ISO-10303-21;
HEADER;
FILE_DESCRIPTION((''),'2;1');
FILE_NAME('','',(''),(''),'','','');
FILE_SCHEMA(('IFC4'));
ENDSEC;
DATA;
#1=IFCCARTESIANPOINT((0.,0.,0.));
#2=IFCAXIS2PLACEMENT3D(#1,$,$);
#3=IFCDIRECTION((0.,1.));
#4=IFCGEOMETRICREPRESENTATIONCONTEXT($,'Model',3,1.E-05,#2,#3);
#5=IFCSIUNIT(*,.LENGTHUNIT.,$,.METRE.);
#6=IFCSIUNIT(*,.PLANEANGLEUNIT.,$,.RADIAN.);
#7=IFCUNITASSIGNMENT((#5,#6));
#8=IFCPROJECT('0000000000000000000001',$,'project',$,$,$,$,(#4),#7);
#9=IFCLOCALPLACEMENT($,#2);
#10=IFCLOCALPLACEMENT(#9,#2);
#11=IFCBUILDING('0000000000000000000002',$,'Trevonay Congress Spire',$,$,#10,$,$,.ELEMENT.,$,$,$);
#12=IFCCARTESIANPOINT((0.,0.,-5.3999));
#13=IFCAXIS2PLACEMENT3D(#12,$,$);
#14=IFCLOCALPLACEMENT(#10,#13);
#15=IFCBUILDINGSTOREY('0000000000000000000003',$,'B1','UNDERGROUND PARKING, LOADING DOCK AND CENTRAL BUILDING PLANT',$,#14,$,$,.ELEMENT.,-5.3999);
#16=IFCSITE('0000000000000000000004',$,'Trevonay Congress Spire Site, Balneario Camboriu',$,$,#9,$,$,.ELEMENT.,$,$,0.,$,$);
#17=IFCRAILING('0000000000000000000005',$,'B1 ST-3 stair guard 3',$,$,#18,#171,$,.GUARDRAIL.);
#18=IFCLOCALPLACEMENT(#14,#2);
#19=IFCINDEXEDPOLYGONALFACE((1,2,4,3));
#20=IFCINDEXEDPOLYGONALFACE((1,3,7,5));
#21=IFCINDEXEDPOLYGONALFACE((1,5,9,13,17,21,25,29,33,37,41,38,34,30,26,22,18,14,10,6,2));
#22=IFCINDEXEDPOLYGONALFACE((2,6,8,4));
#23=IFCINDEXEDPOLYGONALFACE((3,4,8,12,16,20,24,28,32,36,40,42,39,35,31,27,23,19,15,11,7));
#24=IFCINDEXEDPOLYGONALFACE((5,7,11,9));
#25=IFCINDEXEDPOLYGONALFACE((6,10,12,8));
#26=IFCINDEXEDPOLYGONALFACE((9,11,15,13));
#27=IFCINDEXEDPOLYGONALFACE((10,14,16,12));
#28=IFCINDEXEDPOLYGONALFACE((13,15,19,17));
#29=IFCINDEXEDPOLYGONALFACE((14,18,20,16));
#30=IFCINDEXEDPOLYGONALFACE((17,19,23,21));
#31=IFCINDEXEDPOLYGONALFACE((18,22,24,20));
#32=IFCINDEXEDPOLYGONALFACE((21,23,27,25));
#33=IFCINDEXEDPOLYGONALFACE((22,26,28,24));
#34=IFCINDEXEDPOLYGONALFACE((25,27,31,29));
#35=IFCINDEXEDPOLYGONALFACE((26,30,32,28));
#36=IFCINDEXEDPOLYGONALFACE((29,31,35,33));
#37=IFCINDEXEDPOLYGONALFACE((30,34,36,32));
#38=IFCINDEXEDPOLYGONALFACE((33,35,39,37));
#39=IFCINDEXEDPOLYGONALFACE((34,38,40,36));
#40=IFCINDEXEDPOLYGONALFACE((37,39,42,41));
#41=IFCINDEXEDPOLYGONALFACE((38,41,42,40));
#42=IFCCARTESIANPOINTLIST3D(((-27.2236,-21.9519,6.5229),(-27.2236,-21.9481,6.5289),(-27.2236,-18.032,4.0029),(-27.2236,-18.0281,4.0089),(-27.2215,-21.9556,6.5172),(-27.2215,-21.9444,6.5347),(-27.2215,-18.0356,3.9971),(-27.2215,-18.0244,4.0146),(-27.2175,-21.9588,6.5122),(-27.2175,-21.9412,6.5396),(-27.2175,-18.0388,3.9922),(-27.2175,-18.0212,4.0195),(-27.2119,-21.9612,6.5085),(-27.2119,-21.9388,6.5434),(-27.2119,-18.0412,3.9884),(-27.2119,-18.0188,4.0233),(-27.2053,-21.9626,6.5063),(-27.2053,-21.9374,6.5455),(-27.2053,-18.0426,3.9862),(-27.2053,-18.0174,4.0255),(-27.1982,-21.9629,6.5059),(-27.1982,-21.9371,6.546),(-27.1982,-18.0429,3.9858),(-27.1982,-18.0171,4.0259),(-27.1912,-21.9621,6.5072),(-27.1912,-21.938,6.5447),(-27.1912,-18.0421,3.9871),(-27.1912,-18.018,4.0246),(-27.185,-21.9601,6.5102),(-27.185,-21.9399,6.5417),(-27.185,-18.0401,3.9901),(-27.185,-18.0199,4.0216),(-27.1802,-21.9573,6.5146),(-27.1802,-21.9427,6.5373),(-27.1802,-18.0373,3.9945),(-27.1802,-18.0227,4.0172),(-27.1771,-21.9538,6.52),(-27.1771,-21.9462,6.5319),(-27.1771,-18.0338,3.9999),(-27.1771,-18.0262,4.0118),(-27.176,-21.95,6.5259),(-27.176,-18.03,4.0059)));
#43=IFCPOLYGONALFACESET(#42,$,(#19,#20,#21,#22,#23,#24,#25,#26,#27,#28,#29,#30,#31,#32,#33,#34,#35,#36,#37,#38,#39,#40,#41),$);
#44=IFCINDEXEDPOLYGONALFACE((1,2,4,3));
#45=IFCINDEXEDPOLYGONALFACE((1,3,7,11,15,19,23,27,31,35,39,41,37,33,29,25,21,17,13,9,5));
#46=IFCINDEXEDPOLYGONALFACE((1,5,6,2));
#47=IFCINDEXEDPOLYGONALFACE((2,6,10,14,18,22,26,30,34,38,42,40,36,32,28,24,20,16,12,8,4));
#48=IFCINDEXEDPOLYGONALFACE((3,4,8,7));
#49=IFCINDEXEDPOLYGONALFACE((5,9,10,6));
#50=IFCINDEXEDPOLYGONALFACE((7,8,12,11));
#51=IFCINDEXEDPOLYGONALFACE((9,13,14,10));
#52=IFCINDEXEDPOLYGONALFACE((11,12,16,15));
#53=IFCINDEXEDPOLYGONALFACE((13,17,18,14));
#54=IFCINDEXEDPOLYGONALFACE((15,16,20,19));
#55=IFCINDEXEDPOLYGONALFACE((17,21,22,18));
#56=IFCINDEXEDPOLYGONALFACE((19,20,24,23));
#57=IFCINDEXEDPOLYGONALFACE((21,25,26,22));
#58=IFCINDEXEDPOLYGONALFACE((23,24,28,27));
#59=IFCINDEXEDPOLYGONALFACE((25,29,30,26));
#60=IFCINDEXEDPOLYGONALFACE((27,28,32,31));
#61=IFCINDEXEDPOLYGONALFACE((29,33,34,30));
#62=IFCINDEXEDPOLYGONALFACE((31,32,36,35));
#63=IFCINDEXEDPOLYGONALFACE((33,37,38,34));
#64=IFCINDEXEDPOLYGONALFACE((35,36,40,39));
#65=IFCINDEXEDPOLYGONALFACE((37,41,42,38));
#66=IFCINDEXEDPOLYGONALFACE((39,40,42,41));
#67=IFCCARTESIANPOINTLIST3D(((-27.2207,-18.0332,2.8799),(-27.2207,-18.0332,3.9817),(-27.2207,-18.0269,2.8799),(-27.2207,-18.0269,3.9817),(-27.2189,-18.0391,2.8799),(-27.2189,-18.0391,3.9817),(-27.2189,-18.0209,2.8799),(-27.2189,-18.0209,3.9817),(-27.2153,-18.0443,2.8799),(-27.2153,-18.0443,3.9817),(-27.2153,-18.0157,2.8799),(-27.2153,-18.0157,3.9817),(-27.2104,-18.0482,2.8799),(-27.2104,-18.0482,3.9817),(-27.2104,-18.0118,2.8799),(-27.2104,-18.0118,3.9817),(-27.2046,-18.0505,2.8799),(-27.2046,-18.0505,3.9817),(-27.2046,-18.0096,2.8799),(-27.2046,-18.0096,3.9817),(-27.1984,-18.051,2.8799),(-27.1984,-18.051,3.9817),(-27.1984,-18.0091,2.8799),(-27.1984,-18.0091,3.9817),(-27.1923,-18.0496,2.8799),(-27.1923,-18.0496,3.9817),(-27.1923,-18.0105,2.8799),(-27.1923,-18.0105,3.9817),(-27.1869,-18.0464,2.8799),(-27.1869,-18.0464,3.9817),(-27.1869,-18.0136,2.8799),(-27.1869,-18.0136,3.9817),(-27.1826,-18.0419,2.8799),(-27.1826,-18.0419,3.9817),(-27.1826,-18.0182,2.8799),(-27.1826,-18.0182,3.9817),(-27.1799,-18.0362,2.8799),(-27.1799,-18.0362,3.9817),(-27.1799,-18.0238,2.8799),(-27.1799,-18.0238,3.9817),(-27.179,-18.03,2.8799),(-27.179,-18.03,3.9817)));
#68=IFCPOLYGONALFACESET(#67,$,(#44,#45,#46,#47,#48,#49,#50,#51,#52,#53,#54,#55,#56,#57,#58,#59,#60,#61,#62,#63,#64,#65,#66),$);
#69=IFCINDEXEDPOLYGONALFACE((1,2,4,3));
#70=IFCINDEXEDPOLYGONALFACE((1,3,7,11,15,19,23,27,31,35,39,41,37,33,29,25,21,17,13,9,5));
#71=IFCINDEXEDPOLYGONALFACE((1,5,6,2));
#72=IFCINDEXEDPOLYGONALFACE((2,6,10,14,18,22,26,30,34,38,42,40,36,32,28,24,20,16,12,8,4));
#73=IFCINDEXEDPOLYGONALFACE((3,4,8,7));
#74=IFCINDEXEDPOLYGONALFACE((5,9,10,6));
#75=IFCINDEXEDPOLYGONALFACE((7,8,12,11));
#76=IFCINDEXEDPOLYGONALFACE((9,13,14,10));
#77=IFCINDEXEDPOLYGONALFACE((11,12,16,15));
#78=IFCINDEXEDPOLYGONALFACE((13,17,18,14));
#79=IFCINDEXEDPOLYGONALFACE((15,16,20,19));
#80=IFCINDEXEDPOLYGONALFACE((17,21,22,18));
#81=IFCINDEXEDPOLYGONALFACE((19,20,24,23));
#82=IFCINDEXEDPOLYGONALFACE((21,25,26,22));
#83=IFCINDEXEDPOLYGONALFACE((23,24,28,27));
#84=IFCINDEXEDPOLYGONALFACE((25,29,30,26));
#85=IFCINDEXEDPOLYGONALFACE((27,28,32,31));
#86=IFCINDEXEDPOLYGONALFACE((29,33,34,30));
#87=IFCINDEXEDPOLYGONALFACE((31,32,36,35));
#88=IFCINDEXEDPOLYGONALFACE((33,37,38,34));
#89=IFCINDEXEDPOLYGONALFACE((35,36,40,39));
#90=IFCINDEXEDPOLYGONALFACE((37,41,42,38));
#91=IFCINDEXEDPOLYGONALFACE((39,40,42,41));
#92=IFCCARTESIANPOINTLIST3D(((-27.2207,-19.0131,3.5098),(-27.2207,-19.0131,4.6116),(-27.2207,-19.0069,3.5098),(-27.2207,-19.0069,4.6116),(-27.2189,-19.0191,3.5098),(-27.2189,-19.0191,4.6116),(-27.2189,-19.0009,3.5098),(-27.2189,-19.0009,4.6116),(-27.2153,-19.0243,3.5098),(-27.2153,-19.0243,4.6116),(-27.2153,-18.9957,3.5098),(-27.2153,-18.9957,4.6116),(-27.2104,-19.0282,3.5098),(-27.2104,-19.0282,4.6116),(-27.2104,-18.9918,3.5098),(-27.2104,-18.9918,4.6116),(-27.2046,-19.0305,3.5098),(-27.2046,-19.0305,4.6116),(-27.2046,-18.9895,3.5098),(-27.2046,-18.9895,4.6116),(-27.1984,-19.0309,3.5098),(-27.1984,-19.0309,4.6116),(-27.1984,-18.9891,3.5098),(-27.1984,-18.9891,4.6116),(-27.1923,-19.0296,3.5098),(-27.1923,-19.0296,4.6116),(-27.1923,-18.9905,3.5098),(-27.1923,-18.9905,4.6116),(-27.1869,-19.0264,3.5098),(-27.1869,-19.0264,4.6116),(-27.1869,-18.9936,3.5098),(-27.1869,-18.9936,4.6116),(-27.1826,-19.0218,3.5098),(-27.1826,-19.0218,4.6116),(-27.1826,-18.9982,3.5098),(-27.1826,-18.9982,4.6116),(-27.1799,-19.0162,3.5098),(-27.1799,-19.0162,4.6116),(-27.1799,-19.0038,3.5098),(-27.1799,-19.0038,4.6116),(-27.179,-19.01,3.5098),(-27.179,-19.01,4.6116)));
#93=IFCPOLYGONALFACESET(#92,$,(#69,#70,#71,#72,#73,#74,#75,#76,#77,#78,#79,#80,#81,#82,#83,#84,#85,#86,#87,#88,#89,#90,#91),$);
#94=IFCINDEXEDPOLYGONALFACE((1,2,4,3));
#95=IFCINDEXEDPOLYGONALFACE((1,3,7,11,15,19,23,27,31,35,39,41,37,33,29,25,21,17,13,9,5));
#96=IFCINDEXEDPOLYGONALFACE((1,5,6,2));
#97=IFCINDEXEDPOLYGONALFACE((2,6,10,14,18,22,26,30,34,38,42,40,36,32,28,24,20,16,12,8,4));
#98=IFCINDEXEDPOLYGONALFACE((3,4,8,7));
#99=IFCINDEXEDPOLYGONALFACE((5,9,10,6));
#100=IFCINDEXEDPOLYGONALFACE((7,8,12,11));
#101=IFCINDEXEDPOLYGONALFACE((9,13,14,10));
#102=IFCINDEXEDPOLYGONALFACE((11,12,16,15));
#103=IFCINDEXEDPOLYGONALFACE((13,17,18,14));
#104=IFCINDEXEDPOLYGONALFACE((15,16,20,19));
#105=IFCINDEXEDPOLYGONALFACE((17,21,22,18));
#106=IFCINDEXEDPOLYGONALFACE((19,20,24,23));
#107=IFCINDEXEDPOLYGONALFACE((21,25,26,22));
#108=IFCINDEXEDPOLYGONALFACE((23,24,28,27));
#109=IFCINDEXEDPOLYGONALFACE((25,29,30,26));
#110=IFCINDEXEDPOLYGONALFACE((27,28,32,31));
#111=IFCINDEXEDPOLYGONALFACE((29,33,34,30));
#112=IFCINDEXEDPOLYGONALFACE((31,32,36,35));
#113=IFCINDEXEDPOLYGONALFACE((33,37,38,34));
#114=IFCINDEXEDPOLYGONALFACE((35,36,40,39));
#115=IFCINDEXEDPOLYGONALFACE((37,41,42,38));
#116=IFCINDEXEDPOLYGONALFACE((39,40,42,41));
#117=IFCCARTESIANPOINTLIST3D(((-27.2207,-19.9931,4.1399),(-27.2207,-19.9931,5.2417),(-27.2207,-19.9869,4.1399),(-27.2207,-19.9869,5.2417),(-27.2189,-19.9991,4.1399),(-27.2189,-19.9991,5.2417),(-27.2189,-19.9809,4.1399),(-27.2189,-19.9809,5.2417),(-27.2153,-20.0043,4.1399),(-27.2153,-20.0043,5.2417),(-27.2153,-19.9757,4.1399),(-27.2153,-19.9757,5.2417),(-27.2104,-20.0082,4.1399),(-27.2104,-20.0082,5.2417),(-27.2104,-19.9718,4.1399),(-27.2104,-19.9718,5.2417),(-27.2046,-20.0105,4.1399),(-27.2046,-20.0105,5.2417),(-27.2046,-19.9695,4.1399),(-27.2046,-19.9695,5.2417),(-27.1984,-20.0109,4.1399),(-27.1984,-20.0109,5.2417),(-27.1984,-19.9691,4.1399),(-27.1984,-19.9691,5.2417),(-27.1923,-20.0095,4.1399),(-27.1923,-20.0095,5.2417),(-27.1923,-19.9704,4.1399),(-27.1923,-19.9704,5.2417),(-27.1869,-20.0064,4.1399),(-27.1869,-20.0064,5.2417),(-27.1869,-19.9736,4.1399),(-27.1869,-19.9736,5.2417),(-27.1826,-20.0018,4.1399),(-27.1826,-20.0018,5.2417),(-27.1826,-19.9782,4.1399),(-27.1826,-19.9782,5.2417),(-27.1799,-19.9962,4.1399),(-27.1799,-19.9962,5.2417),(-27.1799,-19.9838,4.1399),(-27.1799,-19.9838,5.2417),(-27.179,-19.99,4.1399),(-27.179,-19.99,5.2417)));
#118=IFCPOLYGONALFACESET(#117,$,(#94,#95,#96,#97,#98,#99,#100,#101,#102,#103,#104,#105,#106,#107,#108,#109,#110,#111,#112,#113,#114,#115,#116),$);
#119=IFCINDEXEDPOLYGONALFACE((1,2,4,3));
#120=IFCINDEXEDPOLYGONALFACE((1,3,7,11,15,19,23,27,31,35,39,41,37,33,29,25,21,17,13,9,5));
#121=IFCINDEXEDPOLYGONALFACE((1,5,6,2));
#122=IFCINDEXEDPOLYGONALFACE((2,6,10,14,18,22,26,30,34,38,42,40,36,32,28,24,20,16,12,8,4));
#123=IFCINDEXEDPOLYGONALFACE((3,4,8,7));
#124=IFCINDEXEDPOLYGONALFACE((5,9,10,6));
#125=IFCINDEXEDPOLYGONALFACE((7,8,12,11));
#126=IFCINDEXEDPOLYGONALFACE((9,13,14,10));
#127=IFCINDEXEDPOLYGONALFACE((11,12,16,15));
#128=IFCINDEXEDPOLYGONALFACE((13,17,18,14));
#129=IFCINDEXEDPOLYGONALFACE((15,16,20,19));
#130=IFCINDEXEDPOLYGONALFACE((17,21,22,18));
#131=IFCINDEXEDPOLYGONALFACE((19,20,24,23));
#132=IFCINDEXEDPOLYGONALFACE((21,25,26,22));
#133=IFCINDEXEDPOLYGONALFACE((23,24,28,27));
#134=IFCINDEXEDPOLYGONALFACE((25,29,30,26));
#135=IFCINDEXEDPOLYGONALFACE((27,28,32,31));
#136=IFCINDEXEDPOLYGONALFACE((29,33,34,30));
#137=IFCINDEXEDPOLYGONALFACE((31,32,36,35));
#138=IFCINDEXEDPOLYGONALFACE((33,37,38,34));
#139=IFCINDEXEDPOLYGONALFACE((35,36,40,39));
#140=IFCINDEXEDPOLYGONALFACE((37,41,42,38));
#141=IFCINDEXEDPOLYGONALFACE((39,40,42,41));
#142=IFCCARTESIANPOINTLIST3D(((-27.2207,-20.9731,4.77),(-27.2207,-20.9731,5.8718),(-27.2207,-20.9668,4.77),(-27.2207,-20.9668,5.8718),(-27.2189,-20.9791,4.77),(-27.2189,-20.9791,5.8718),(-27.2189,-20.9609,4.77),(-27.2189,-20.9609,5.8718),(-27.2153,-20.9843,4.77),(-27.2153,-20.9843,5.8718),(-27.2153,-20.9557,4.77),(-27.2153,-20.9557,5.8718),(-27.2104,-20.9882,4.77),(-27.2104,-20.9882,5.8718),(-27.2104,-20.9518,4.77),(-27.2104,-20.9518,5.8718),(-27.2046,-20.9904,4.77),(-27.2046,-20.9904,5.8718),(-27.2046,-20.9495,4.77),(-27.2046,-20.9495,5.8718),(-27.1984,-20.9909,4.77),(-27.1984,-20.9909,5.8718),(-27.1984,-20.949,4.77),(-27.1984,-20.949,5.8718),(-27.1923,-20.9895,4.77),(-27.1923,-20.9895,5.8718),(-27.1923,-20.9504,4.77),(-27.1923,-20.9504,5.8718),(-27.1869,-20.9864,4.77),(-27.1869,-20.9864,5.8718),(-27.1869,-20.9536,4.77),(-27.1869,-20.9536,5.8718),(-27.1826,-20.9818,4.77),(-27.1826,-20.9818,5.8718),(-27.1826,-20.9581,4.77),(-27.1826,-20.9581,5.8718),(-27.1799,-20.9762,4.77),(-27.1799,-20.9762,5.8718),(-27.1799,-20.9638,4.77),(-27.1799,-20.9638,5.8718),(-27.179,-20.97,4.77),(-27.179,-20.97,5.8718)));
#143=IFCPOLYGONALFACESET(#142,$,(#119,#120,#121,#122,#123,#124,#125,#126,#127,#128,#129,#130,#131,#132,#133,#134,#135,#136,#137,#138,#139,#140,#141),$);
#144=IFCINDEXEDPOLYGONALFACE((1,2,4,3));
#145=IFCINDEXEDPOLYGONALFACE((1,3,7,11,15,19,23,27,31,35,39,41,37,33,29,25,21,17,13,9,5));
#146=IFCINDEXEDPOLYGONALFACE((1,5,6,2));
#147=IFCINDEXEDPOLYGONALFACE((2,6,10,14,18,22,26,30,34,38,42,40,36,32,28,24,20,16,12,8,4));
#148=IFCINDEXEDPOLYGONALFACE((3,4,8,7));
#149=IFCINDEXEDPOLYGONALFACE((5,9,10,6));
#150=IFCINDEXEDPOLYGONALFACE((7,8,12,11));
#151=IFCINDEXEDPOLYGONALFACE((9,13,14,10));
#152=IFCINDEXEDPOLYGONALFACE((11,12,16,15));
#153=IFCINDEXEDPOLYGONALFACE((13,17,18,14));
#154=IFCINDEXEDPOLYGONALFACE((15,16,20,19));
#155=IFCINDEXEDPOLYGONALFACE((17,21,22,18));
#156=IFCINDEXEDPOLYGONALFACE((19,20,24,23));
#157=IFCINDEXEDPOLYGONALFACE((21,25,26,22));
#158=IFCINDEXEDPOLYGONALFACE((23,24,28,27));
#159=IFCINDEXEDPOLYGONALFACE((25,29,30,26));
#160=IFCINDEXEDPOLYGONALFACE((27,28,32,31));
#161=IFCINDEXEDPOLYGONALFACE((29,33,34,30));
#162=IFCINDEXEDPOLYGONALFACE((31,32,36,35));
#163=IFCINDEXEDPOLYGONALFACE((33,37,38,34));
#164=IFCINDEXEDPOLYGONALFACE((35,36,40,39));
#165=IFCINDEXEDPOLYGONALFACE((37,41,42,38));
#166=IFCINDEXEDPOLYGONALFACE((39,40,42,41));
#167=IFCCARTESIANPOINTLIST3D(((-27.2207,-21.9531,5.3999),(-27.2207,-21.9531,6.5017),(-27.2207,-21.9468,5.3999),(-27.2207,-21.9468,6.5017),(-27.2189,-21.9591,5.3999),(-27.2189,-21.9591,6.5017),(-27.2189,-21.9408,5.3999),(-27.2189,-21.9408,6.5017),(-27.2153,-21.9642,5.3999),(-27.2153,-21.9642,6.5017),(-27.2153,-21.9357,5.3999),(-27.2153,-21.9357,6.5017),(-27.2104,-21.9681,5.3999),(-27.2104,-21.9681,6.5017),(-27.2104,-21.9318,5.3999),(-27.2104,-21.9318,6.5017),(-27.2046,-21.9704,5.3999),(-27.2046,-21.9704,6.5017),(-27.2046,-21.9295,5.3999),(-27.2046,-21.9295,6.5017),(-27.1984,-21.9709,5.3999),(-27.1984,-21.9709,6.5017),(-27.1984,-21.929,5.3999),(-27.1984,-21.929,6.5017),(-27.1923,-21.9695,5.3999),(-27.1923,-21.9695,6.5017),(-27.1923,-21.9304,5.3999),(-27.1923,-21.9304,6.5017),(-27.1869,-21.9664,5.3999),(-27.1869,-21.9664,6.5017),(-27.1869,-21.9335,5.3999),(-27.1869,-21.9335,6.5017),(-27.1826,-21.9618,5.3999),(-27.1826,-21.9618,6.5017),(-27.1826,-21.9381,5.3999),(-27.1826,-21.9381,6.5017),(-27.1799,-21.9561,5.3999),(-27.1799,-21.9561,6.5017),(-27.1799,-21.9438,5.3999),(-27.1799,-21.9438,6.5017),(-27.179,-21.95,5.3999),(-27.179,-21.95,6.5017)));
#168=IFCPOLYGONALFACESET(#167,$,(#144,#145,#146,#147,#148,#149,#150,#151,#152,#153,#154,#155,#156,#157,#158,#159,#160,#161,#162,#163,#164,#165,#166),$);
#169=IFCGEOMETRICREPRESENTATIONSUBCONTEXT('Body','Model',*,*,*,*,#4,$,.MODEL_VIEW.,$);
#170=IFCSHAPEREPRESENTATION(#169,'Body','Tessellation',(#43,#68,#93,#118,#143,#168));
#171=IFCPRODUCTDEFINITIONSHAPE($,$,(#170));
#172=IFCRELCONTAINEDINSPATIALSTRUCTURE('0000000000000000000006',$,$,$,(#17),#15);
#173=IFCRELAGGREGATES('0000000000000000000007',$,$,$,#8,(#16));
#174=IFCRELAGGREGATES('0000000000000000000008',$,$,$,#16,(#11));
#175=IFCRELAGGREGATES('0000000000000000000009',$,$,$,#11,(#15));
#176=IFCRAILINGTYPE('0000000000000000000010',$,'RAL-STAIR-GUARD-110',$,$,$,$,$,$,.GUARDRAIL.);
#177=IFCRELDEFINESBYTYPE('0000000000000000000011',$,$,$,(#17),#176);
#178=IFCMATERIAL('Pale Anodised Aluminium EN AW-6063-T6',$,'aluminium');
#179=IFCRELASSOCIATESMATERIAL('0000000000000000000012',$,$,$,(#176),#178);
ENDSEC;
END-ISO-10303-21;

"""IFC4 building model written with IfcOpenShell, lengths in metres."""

from ifc_helpers import new_model, si_unit, direction, frame, origin, origin_2d, place, context, subcontext, project, spatial, circle, extrude, material, type_object, element, save


model = new_model("IFC4")

# Units and contexts
model_context = context("Model", 3, precision=1e-05, world=origin(), true_north=direction((0.0, 1.0)))
body_context = subcontext(model_context, "Body", "Model", "MODEL_VIEW")
ifc_project = project(units=[si_unit("LENGTHUNIT", "METRE"), si_unit("PLANEANGLEUNIT", "RADIAN")], contexts=[model_context])

# Site, building, storey
site_placement = place(None, origin())
site = spatial("IfcSite", under=ifc_project, at=site_placement, Name="Trevonay Congress Spire Site, Balneario Camboriu", CompositionType="ELEMENT", RefElevation=0.0)
building_placement = place(site_placement, origin())
building = spatial("IfcBuilding", under=site, at=building_placement, Name="Trevonay Congress Spire", CompositionType="ELEMENT")
storey_placement = place(building_placement, frame((0.0, 0.0, -5.3999)))
storey = spatial("IfcBuildingStorey", under=building, at=storey_placement, Name="B1", Description="UNDERGROUND PARKING, LOADING DOCK AND CENTRAL BUILDING PLANT", CompositionType="ELEMENT", Elevation=-5.3999)

# Railing
ifc_material_1 = material(Name="Pale Anodised Aluminium EN AW-6063-T6", Category="aluminium")
railing_type_1 = type_object("IfcRailingType", Name="RAL-STAIR-GUARD-110", PredefinedType="GUARDRAIL", material=ifc_material_1)
railing_1_placement = place(storey_placement, frame((-27.2, -18.03, 2.8799)))
element("IfcRailing", 1, at=railing_1_placement, inside=storey, type_object=railing_type_1, Name="B1 ST-3 stair guard 3", PredefinedType="GUARDRAIL", context=body_context, shape_type="SweptSolid", body=[
    extrude(circle(Radius=0.0239, at=origin_2d()), frame((0.0, 0.0, 1.126), z_axis=(0.0, -0.841172, 0.540768), x_axis=(1.0, 0.0, 0.0)), (0.0, 0.0, 1.0), 4.6602),
    extrude(circle(Radius=0.021, at=origin_2d()), origin(), (0.0, 0.0, 1.0), 1.1018),
    extrude(circle(Radius=0.021, at=origin_2d()), frame((0.0, -0.98, 0.6299)), (0.0, 0.0, 1.0), 1.1018),
    extrude(circle(Radius=0.021, at=origin_2d()), frame((0.0, -1.96, 1.26)), (0.0, 0.0, 1.0), 1.1018),
    extrude(circle(Radius=0.021, at=origin_2d()), frame((0.0, -2.9399, 1.8901)), (0.0, 0.0, 1.0), 1.1018),
    extrude(circle(Radius=0.021, at=origin_2d()), frame((0.0, -3.9199, 2.52)), (0.0, 0.0, 1.0), 1.1018),
])

save(model, "model.ifc")
